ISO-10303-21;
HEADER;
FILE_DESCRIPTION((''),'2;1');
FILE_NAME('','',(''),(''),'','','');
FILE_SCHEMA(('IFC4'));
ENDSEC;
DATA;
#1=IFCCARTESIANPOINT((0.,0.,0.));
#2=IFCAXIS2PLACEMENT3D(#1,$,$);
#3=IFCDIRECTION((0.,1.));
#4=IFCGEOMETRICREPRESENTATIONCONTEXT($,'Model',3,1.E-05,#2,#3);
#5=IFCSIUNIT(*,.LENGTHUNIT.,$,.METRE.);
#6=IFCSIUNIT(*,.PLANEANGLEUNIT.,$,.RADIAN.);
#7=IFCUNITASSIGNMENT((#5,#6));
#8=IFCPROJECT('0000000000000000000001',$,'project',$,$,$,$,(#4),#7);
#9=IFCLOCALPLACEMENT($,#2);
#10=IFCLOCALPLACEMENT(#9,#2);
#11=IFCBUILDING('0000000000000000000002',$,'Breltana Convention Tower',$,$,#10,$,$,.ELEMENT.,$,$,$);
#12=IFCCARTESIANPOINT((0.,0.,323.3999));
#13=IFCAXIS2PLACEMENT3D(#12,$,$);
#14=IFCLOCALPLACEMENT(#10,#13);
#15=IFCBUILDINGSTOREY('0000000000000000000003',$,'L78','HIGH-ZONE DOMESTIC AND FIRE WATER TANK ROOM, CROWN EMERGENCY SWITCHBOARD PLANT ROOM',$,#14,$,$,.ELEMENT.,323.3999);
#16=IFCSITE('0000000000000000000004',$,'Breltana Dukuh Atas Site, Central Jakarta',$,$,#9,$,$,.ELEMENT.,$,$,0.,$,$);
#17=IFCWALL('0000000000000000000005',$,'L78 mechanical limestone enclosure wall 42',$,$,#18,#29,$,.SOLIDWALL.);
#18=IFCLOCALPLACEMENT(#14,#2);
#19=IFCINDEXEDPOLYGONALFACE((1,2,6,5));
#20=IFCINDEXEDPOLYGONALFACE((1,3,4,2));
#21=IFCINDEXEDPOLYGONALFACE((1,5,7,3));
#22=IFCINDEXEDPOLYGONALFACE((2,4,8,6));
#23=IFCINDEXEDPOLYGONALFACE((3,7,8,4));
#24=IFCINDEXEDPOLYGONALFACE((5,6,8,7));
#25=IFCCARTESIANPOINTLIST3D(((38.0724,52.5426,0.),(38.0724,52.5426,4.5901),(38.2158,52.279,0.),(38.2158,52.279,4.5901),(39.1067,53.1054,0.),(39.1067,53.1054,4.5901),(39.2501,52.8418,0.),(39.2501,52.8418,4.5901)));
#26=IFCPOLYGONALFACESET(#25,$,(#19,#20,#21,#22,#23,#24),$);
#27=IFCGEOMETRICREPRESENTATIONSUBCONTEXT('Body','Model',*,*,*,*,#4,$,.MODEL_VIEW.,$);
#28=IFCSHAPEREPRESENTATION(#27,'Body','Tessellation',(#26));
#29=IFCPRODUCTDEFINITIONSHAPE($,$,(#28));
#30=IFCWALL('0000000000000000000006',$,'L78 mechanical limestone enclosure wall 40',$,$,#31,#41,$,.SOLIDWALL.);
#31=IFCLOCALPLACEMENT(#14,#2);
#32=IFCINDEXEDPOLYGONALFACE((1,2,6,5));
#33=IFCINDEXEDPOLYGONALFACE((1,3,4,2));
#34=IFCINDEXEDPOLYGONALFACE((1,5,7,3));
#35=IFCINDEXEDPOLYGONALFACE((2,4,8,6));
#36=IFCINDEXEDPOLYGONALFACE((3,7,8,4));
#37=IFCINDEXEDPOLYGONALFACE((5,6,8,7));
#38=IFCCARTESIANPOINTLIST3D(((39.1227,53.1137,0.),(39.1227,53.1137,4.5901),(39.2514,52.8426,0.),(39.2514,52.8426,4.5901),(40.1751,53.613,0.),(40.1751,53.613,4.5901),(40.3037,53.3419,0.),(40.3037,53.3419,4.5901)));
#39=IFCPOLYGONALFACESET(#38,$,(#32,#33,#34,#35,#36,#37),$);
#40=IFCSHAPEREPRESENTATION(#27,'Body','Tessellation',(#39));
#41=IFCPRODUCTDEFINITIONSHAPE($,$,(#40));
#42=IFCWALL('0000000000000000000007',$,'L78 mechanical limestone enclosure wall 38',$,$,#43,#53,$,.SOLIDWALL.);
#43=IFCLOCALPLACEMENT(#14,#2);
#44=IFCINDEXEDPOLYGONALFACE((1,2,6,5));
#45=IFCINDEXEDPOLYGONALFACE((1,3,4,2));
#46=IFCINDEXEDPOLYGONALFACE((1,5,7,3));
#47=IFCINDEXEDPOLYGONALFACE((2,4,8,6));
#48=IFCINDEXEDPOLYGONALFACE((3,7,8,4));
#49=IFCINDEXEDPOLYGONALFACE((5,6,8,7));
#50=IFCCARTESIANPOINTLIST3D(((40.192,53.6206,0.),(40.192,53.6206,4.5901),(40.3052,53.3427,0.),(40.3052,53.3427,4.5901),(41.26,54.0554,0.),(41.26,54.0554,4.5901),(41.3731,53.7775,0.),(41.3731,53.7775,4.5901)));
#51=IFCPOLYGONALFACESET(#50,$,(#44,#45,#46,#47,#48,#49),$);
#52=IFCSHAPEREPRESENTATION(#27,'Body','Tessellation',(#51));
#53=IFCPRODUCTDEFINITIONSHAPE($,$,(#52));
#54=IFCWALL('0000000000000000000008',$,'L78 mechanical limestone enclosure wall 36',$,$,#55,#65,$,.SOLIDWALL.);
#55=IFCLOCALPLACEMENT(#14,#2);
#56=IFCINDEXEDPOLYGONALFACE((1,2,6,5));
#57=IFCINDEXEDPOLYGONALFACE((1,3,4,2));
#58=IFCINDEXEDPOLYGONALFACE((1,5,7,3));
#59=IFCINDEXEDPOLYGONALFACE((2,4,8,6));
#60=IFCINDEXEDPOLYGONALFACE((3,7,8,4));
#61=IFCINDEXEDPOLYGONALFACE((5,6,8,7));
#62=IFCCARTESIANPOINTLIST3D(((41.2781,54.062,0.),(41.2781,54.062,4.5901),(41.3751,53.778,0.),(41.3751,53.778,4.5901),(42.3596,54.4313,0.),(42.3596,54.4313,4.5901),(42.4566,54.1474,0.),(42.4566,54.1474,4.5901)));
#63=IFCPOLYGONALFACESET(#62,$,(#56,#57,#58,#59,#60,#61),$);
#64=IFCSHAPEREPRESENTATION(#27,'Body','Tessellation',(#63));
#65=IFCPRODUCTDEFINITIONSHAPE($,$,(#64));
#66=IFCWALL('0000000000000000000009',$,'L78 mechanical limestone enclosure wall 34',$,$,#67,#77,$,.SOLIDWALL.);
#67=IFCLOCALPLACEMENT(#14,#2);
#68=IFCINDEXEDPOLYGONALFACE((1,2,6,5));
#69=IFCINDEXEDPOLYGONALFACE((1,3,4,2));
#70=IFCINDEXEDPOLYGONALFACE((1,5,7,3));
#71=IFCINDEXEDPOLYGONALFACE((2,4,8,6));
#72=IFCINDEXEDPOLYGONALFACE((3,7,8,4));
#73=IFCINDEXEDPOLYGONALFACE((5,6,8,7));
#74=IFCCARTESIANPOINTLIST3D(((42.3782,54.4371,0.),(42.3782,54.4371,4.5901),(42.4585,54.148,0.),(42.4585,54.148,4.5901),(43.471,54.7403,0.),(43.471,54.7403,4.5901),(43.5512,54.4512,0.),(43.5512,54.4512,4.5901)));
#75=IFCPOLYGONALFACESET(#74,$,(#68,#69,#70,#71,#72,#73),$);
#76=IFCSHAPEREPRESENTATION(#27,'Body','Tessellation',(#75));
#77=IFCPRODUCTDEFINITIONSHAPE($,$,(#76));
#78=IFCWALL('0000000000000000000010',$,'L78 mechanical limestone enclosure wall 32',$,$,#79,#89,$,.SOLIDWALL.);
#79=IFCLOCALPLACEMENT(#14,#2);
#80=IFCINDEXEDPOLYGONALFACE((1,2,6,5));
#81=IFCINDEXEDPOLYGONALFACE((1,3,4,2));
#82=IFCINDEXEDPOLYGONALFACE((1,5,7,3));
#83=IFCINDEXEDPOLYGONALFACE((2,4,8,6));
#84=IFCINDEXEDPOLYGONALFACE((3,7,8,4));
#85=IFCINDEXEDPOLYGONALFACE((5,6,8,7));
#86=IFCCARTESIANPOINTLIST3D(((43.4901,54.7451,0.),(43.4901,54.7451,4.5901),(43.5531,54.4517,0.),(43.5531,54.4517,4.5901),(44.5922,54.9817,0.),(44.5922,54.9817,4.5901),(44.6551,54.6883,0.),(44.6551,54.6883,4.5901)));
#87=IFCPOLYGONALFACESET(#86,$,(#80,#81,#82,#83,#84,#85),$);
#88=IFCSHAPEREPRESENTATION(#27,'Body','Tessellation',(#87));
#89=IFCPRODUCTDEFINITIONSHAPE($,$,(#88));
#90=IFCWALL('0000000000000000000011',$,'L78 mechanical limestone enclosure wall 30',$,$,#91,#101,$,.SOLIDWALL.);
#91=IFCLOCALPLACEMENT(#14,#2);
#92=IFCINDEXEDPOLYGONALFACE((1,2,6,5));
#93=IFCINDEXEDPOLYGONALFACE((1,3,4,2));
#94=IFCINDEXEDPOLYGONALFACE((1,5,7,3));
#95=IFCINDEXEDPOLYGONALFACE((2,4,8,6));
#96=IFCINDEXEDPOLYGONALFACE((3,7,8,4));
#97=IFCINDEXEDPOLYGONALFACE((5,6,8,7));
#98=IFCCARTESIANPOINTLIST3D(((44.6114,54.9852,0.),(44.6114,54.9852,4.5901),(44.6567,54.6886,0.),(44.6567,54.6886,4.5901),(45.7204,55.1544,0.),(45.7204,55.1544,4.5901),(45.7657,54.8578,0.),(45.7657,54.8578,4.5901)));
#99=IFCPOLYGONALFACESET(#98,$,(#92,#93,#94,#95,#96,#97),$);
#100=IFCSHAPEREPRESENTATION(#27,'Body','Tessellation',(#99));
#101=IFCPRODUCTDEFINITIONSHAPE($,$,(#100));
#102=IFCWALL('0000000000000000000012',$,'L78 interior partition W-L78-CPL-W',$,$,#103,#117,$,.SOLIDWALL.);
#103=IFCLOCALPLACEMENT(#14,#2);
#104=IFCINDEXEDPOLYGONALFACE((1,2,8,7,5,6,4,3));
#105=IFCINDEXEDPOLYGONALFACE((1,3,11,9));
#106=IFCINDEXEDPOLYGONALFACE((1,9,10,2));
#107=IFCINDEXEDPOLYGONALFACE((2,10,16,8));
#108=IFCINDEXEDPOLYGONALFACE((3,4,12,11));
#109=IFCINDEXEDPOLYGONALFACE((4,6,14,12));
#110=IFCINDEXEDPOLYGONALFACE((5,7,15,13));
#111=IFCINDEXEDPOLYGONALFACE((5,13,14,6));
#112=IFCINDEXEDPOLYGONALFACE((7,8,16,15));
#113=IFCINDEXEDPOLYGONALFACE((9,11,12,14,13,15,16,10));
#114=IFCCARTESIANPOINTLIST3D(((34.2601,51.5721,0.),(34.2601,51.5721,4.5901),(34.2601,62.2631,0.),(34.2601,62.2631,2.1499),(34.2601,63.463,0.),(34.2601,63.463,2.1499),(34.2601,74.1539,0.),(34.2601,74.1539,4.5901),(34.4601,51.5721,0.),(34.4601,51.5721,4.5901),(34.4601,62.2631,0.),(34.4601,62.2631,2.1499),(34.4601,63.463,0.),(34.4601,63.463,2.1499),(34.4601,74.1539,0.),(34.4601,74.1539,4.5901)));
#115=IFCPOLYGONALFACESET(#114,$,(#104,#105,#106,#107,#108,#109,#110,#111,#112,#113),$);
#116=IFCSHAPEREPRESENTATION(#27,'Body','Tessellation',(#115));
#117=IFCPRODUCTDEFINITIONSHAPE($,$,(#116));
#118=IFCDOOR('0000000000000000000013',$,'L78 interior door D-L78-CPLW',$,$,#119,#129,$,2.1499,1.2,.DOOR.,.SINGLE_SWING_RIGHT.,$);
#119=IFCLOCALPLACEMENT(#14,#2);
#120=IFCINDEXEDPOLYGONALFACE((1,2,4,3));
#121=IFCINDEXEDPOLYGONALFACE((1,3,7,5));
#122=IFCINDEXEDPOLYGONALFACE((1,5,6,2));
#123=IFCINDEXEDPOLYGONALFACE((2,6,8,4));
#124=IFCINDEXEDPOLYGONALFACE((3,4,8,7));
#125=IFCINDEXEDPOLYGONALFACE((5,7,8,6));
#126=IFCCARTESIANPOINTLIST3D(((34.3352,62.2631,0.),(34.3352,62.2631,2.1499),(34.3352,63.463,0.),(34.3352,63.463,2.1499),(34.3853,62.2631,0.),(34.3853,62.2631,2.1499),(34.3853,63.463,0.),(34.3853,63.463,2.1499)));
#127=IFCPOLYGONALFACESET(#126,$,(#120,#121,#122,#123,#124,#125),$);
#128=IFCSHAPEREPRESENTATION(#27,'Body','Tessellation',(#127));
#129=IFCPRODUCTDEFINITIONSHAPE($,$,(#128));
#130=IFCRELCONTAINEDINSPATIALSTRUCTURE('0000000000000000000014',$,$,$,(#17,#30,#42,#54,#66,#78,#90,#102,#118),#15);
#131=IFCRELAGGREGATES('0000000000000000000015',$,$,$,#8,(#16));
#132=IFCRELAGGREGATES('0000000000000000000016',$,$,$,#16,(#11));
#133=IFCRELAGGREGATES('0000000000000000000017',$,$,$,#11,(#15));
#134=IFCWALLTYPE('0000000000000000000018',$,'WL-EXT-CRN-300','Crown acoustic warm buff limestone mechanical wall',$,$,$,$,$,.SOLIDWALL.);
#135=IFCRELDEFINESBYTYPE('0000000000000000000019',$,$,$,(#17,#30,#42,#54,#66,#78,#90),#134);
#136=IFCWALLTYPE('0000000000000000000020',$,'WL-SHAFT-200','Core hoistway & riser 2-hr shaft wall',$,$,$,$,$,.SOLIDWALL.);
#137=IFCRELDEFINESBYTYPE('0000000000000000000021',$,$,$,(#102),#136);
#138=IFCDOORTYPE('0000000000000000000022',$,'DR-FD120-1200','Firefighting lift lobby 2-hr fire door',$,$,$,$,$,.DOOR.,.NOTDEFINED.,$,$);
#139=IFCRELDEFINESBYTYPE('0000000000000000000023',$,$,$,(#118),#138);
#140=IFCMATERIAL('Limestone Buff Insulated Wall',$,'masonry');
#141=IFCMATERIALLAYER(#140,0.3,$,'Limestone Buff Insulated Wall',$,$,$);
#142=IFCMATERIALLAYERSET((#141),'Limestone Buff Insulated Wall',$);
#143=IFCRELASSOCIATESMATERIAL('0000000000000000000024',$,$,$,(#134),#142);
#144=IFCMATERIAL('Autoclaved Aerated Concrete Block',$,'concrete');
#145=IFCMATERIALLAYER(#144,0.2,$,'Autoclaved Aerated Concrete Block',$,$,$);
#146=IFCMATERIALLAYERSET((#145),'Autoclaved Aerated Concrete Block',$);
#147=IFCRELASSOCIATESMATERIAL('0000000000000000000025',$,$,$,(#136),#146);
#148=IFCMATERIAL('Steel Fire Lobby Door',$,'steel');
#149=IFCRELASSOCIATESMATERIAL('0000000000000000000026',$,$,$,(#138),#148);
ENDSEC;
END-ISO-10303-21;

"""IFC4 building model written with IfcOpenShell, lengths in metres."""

from ifc_helpers import new_model, si_unit, direction, frame, frame_2d, origin, place, context, subcontext, project, spatial, rectangle, extrude, source, transform, mapped, material, layer, layer_set, type_object, type_shapes, element, fill, save


model = new_model("IFC4")

# Units and contexts
model_context = context("Model", 3, precision=1e-05, world=origin(), true_north=direction((0.0, 1.0)))
body_context = subcontext(model_context, "Body", "Model", "MODEL_VIEW")
ifc_project = project(units=[si_unit("LENGTHUNIT", "METRE"), si_unit("PLANEANGLEUNIT", "RADIAN")], contexts=[model_context])

# Site, building, storey
site_placement = place(None, origin())
site = spatial("IfcSite", under=ifc_project, at=site_placement, Name="Breltana Dukuh Atas Site, Central Jakarta", CompositionType="ELEMENT", RefElevation=0.0)
building_placement = place(site_placement, origin())
building = spatial("IfcBuilding", under=site, at=building_placement, Name="Breltana Convention Tower", CompositionType="ELEMENT")
storey_placement = place(building_placement, frame((0.0, 0.0, 323.3999)))
storey = spatial("IfcBuildingStorey", under=building, at=storey_placement, Name="L78", Description="HIGH-ZONE DOMESTIC AND FIRE WATER TANK ROOM, CROWN EMERGENCY SWITCHBOARD PLANT ROOM", CompositionType="ELEMENT", Elevation=323.3999)

# Walls
ifc_material_1 = material(Name="Limestone Buff Insulated Wall", Category="masonry")
ifc_layer_1 = layer(ifc_material_1, 0.3, Name="Limestone Buff Insulated Wall")
ifc_layer_set_1 = layer_set([ifc_layer_1], Name="Limestone Buff Insulated Wall")
wall_type_1 = type_object("IfcWallType", Name="WL-EXT-CRN-300", Description="Crown acoustic warm buff limestone mechanical wall", PredefinedType="SOLIDWALL", material=ifc_layer_set_1)
shared_shape_1 = source(origin(), body_context, "Body", "SweptSolid", [
    extrude(rectangle(XDim=1.1775, YDim=0.3, at=frame_2d((0.5889, 0.0))), origin(), (0.0, 0.0, 1.0), 4.5901),
])
wall_1_placement = place(storey_placement, frame((39.1785, 52.9736, 0.0), z_axis=(0.0, 0.0, 1.0), x_axis=(-0.878379, -0.477966, 0.0)))
element("IfcWall", 1, at=wall_1_placement, inside=storey, type_object=wall_type_1, Name="L78 mechanical limestone enclosure wall 42", PredefinedType="SOLIDWALL", context=body_context, shape_type="MappedRepresentation", body=[
    mapped(shared_shape_1, transform((0.0, 0.0, 0.0), scale=1.0)),
])
shared_shape_2 = source(origin(), body_context, "Body", "SweptSolid", [
    extrude(rectangle(XDim=1.1648, YDim=0.3, at=frame_2d((0.5825, 0.0))), origin(), (0.0, 0.0, 1.0), 4.5901),
])
wall_2_placement = place(storey_placement, frame((40.2395, 53.4775, 0.0), z_axis=(0.0, 0.0, 1.0), x_axis=(-0.90346, -0.428672, 0.0)))
element("IfcWall", 2, at=wall_2_placement, inside=storey, type_object=wall_type_1, Name="L78 mechanical limestone enclosure wall 40", PredefinedType="SOLIDWALL", context=body_context, shape_type="MappedRepresentation", body=[
    mapped(shared_shape_2, transform((0.0, 0.0, 0.0), scale=1.0)),
])
shared_shape_3 = source(origin(), body_context, "Body", "SweptSolid", [
    extrude(rectangle(XDim=1.1531, YDim=0.3, at=frame_2d((0.5767, 0.0))), origin(), (0.0, 0.0, 1.0), 4.5901),
])
wall_3_placement = place(storey_placement, frame((41.3167, 53.9165, 0.0), z_axis=(0.0, 0.0, 1.0), x_axis=(-0.926166, -0.377115, 0.0)))
element("IfcWall", 3, at=wall_3_placement, inside=storey, type_object=wall_type_1, Name="L78 mechanical limestone enclosure wall 38", PredefinedType="SOLIDWALL", context=body_context, shape_type="MappedRepresentation", body=[
    mapped(shared_shape_3, transform((0.0, 0.0, 0.0), scale=1.0)),
])
shared_shape_4 = source(origin(), body_context, "Body", "SweptSolid", [
    extrude(rectangle(XDim=1.1428, YDim=0.3, at=frame_2d((0.5713, 0.0))), origin(), (0.0, 0.0, 1.0), 4.5901),
])
wall_4_placement = place(storey_placement, frame((42.408, 54.2893, 0.0), z_axis=(0.0, 0.0, 1.0), x_axis=(-0.946329, -0.323205, 0.0)))
element("IfcWall", 4, at=wall_4_placement, inside=storey, type_object=wall_type_1, Name="L78 mechanical limestone enclosure wall 36", PredefinedType="SOLIDWALL", context=body_context, shape_type="MappedRepresentation", body=[
    mapped(shared_shape_4, transform((0.0, 0.0, 0.0), scale=1.0)),
])
shared_shape_5 = source(origin(), body_context, "Body", "SweptSolid", [
    extrude(rectangle(XDim=1.134, YDim=0.3, at=frame_2d((0.5669, 0.0))), origin(), (0.0, 0.0, 1.0), 4.5901),
])
wall_5_placement = place(storey_placement, frame((43.511, 54.5957, 0.0), z_axis=(0.0, 0.0, 1.0), x_axis=(-0.963592, -0.267377, 0.0)))
element("IfcWall", 5, at=wall_5_placement, inside=storey, type_object=wall_type_1, Name="L78 mechanical limestone enclosure wall 34", PredefinedType="SOLIDWALL", context=body_context, shape_type="MappedRepresentation", body=[
    mapped(shared_shape_5, transform((0.0, 0.0, 0.0), scale=1.0)),
])
shared_shape_6 = source(origin(), body_context, "Body", "SweptSolid", [
    extrude(rectangle(XDim=1.1272, YDim=0.3, at=frame_2d((0.5635, 0.0))), origin(), (0.0, 0.0, 1.0), 4.5901),
])
wall_6_placement = place(storey_placement, frame((44.6235, 54.835, 0.0), z_axis=(0.0, 0.0, 1.0), x_axis=(-0.977726, -0.209884, 0.0)))
element("IfcWall", 6, at=wall_6_placement, inside=storey, type_object=wall_type_1, Name="L78 mechanical limestone enclosure wall 32", PredefinedType="SOLIDWALL", context=body_context, shape_type="MappedRepresentation", body=[
    mapped(shared_shape_6, transform((0.0, 0.0, 0.0), scale=1.0)),
])
shared_shape_7 = source(origin(), body_context, "Body", "SweptSolid", [
    extrude(rectangle(XDim=1.1218, YDim=0.3, at=frame_2d((0.561, 0.0))), origin(), (0.0, 0.0, 1.0), 4.5901),
])
wall_7_placement = place(storey_placement, frame((45.7432, 55.0061, 0.0), z_axis=(0.0, 0.0, 1.0), x_axis=(-0.98856, -0.15083, 0.0)))
element("IfcWall", 7, at=wall_7_placement, inside=storey, type_object=wall_type_1, Name="L78 mechanical limestone enclosure wall 30", PredefinedType="SOLIDWALL", context=body_context, shape_type="MappedRepresentation", body=[
    mapped(shared_shape_7, transform((0.0, 0.0, 0.0), scale=1.0)),
])

# Wall, opening, door
ifc_material_2 = material(Name="Autoclaved Aerated Concrete Block", Category="concrete")
ifc_layer_2 = layer(ifc_material_2, 0.2, Name="Autoclaved Aerated Concrete Block")
ifc_layer_set_2 = layer_set([ifc_layer_2], Name="Autoclaved Aerated Concrete Block")
wall_type_2 = type_object("IfcWallType", Name="WL-SHAFT-200", Description="Core hoistway & riser 2-hr shaft wall", PredefinedType="SOLIDWALL", material=ifc_layer_set_2)
shared_shape_8 = source(origin(), body_context, "Body", "SweptSolid", [
    extrude(rectangle(XDim=22.5818, YDim=0.2, at=frame_2d((11.291, 0.0))), origin(), (0.0, 0.0, 1.0), 4.5901),
])
wall_8_placement = place(storey_placement, frame((34.3601, 51.572, 0.0), z_axis=(0.0, 0.0, 1.0), x_axis=(0.0, 1.0, 0.0)))
wall_8 = element("IfcWall", 8, at=wall_8_placement, inside=storey, type_object=wall_type_2, Name="L78 interior partition W-L78-CPL-W", PredefinedType="SOLIDWALL", context=body_context, shape_type="MappedRepresentation", body=[
    mapped(shared_shape_8, transform((0.0, 0.0, 0.0), scale=1.0)),
])
opening_placement = place(wall_8_placement, frame((10.6909, 0.0, 0.0)))
opening = element("IfcOpeningElement", 9, at=opening_placement, cuts=wall_8, PredefinedType="OPENING", context=body_context, shape_type="SweptSolid", body=[
    extrude(rectangle(XDim=1.2, YDim=2.1499, at=frame_2d((0.6001, 1.075))), frame((0.0, 0.1099, 0.0), z_axis=(0.0, -1.0, 0.0), x_axis=(1.0, 0.0, 0.0)), (0.0, 0.0, 1.0), 0.22),
])
ifc_material_3 = material(Name="Steel Fire Lobby Door", Category="steel")
door_type = type_object("IfcDoorType", Name="DR-FD120-1200", Description="Firefighting lift lobby 2-hr fire door", OperationType="NOTDEFINED", PredefinedType="DOOR", material=ifc_material_3)
shared_shape_9 = source(origin(), body_context, "Body", "SweptSolid", [
    extrude(rectangle(XDim=1.2, YDim=2.1499, at=frame_2d((0.6001, 1.075))), frame((0.0, 0.0249, 0.0), z_axis=(0.0, -1.0, 0.0), x_axis=(1.0, 0.0, 0.0)), (0.0, 0.0, 1.0), 0.05),
])
type_shapes(door_type, [shared_shape_9])
door_placement = place(opening_placement, origin())
door = element("IfcDoor", 10, at=door_placement, inside=storey, type_object=door_type, Name="L78 interior door D-L78-CPLW", OperationType="SINGLE_SWING_RIGHT", OverallHeight=2.1499, OverallWidth=1.2, PredefinedType="DOOR", context=body_context, shape_type="MappedRepresentation", body=[
    mapped(shared_shape_9, transform((0.0, 0.0, 0.0), scale=1.0)),
])
fill(opening, door)

save(model, "model.ifc")
